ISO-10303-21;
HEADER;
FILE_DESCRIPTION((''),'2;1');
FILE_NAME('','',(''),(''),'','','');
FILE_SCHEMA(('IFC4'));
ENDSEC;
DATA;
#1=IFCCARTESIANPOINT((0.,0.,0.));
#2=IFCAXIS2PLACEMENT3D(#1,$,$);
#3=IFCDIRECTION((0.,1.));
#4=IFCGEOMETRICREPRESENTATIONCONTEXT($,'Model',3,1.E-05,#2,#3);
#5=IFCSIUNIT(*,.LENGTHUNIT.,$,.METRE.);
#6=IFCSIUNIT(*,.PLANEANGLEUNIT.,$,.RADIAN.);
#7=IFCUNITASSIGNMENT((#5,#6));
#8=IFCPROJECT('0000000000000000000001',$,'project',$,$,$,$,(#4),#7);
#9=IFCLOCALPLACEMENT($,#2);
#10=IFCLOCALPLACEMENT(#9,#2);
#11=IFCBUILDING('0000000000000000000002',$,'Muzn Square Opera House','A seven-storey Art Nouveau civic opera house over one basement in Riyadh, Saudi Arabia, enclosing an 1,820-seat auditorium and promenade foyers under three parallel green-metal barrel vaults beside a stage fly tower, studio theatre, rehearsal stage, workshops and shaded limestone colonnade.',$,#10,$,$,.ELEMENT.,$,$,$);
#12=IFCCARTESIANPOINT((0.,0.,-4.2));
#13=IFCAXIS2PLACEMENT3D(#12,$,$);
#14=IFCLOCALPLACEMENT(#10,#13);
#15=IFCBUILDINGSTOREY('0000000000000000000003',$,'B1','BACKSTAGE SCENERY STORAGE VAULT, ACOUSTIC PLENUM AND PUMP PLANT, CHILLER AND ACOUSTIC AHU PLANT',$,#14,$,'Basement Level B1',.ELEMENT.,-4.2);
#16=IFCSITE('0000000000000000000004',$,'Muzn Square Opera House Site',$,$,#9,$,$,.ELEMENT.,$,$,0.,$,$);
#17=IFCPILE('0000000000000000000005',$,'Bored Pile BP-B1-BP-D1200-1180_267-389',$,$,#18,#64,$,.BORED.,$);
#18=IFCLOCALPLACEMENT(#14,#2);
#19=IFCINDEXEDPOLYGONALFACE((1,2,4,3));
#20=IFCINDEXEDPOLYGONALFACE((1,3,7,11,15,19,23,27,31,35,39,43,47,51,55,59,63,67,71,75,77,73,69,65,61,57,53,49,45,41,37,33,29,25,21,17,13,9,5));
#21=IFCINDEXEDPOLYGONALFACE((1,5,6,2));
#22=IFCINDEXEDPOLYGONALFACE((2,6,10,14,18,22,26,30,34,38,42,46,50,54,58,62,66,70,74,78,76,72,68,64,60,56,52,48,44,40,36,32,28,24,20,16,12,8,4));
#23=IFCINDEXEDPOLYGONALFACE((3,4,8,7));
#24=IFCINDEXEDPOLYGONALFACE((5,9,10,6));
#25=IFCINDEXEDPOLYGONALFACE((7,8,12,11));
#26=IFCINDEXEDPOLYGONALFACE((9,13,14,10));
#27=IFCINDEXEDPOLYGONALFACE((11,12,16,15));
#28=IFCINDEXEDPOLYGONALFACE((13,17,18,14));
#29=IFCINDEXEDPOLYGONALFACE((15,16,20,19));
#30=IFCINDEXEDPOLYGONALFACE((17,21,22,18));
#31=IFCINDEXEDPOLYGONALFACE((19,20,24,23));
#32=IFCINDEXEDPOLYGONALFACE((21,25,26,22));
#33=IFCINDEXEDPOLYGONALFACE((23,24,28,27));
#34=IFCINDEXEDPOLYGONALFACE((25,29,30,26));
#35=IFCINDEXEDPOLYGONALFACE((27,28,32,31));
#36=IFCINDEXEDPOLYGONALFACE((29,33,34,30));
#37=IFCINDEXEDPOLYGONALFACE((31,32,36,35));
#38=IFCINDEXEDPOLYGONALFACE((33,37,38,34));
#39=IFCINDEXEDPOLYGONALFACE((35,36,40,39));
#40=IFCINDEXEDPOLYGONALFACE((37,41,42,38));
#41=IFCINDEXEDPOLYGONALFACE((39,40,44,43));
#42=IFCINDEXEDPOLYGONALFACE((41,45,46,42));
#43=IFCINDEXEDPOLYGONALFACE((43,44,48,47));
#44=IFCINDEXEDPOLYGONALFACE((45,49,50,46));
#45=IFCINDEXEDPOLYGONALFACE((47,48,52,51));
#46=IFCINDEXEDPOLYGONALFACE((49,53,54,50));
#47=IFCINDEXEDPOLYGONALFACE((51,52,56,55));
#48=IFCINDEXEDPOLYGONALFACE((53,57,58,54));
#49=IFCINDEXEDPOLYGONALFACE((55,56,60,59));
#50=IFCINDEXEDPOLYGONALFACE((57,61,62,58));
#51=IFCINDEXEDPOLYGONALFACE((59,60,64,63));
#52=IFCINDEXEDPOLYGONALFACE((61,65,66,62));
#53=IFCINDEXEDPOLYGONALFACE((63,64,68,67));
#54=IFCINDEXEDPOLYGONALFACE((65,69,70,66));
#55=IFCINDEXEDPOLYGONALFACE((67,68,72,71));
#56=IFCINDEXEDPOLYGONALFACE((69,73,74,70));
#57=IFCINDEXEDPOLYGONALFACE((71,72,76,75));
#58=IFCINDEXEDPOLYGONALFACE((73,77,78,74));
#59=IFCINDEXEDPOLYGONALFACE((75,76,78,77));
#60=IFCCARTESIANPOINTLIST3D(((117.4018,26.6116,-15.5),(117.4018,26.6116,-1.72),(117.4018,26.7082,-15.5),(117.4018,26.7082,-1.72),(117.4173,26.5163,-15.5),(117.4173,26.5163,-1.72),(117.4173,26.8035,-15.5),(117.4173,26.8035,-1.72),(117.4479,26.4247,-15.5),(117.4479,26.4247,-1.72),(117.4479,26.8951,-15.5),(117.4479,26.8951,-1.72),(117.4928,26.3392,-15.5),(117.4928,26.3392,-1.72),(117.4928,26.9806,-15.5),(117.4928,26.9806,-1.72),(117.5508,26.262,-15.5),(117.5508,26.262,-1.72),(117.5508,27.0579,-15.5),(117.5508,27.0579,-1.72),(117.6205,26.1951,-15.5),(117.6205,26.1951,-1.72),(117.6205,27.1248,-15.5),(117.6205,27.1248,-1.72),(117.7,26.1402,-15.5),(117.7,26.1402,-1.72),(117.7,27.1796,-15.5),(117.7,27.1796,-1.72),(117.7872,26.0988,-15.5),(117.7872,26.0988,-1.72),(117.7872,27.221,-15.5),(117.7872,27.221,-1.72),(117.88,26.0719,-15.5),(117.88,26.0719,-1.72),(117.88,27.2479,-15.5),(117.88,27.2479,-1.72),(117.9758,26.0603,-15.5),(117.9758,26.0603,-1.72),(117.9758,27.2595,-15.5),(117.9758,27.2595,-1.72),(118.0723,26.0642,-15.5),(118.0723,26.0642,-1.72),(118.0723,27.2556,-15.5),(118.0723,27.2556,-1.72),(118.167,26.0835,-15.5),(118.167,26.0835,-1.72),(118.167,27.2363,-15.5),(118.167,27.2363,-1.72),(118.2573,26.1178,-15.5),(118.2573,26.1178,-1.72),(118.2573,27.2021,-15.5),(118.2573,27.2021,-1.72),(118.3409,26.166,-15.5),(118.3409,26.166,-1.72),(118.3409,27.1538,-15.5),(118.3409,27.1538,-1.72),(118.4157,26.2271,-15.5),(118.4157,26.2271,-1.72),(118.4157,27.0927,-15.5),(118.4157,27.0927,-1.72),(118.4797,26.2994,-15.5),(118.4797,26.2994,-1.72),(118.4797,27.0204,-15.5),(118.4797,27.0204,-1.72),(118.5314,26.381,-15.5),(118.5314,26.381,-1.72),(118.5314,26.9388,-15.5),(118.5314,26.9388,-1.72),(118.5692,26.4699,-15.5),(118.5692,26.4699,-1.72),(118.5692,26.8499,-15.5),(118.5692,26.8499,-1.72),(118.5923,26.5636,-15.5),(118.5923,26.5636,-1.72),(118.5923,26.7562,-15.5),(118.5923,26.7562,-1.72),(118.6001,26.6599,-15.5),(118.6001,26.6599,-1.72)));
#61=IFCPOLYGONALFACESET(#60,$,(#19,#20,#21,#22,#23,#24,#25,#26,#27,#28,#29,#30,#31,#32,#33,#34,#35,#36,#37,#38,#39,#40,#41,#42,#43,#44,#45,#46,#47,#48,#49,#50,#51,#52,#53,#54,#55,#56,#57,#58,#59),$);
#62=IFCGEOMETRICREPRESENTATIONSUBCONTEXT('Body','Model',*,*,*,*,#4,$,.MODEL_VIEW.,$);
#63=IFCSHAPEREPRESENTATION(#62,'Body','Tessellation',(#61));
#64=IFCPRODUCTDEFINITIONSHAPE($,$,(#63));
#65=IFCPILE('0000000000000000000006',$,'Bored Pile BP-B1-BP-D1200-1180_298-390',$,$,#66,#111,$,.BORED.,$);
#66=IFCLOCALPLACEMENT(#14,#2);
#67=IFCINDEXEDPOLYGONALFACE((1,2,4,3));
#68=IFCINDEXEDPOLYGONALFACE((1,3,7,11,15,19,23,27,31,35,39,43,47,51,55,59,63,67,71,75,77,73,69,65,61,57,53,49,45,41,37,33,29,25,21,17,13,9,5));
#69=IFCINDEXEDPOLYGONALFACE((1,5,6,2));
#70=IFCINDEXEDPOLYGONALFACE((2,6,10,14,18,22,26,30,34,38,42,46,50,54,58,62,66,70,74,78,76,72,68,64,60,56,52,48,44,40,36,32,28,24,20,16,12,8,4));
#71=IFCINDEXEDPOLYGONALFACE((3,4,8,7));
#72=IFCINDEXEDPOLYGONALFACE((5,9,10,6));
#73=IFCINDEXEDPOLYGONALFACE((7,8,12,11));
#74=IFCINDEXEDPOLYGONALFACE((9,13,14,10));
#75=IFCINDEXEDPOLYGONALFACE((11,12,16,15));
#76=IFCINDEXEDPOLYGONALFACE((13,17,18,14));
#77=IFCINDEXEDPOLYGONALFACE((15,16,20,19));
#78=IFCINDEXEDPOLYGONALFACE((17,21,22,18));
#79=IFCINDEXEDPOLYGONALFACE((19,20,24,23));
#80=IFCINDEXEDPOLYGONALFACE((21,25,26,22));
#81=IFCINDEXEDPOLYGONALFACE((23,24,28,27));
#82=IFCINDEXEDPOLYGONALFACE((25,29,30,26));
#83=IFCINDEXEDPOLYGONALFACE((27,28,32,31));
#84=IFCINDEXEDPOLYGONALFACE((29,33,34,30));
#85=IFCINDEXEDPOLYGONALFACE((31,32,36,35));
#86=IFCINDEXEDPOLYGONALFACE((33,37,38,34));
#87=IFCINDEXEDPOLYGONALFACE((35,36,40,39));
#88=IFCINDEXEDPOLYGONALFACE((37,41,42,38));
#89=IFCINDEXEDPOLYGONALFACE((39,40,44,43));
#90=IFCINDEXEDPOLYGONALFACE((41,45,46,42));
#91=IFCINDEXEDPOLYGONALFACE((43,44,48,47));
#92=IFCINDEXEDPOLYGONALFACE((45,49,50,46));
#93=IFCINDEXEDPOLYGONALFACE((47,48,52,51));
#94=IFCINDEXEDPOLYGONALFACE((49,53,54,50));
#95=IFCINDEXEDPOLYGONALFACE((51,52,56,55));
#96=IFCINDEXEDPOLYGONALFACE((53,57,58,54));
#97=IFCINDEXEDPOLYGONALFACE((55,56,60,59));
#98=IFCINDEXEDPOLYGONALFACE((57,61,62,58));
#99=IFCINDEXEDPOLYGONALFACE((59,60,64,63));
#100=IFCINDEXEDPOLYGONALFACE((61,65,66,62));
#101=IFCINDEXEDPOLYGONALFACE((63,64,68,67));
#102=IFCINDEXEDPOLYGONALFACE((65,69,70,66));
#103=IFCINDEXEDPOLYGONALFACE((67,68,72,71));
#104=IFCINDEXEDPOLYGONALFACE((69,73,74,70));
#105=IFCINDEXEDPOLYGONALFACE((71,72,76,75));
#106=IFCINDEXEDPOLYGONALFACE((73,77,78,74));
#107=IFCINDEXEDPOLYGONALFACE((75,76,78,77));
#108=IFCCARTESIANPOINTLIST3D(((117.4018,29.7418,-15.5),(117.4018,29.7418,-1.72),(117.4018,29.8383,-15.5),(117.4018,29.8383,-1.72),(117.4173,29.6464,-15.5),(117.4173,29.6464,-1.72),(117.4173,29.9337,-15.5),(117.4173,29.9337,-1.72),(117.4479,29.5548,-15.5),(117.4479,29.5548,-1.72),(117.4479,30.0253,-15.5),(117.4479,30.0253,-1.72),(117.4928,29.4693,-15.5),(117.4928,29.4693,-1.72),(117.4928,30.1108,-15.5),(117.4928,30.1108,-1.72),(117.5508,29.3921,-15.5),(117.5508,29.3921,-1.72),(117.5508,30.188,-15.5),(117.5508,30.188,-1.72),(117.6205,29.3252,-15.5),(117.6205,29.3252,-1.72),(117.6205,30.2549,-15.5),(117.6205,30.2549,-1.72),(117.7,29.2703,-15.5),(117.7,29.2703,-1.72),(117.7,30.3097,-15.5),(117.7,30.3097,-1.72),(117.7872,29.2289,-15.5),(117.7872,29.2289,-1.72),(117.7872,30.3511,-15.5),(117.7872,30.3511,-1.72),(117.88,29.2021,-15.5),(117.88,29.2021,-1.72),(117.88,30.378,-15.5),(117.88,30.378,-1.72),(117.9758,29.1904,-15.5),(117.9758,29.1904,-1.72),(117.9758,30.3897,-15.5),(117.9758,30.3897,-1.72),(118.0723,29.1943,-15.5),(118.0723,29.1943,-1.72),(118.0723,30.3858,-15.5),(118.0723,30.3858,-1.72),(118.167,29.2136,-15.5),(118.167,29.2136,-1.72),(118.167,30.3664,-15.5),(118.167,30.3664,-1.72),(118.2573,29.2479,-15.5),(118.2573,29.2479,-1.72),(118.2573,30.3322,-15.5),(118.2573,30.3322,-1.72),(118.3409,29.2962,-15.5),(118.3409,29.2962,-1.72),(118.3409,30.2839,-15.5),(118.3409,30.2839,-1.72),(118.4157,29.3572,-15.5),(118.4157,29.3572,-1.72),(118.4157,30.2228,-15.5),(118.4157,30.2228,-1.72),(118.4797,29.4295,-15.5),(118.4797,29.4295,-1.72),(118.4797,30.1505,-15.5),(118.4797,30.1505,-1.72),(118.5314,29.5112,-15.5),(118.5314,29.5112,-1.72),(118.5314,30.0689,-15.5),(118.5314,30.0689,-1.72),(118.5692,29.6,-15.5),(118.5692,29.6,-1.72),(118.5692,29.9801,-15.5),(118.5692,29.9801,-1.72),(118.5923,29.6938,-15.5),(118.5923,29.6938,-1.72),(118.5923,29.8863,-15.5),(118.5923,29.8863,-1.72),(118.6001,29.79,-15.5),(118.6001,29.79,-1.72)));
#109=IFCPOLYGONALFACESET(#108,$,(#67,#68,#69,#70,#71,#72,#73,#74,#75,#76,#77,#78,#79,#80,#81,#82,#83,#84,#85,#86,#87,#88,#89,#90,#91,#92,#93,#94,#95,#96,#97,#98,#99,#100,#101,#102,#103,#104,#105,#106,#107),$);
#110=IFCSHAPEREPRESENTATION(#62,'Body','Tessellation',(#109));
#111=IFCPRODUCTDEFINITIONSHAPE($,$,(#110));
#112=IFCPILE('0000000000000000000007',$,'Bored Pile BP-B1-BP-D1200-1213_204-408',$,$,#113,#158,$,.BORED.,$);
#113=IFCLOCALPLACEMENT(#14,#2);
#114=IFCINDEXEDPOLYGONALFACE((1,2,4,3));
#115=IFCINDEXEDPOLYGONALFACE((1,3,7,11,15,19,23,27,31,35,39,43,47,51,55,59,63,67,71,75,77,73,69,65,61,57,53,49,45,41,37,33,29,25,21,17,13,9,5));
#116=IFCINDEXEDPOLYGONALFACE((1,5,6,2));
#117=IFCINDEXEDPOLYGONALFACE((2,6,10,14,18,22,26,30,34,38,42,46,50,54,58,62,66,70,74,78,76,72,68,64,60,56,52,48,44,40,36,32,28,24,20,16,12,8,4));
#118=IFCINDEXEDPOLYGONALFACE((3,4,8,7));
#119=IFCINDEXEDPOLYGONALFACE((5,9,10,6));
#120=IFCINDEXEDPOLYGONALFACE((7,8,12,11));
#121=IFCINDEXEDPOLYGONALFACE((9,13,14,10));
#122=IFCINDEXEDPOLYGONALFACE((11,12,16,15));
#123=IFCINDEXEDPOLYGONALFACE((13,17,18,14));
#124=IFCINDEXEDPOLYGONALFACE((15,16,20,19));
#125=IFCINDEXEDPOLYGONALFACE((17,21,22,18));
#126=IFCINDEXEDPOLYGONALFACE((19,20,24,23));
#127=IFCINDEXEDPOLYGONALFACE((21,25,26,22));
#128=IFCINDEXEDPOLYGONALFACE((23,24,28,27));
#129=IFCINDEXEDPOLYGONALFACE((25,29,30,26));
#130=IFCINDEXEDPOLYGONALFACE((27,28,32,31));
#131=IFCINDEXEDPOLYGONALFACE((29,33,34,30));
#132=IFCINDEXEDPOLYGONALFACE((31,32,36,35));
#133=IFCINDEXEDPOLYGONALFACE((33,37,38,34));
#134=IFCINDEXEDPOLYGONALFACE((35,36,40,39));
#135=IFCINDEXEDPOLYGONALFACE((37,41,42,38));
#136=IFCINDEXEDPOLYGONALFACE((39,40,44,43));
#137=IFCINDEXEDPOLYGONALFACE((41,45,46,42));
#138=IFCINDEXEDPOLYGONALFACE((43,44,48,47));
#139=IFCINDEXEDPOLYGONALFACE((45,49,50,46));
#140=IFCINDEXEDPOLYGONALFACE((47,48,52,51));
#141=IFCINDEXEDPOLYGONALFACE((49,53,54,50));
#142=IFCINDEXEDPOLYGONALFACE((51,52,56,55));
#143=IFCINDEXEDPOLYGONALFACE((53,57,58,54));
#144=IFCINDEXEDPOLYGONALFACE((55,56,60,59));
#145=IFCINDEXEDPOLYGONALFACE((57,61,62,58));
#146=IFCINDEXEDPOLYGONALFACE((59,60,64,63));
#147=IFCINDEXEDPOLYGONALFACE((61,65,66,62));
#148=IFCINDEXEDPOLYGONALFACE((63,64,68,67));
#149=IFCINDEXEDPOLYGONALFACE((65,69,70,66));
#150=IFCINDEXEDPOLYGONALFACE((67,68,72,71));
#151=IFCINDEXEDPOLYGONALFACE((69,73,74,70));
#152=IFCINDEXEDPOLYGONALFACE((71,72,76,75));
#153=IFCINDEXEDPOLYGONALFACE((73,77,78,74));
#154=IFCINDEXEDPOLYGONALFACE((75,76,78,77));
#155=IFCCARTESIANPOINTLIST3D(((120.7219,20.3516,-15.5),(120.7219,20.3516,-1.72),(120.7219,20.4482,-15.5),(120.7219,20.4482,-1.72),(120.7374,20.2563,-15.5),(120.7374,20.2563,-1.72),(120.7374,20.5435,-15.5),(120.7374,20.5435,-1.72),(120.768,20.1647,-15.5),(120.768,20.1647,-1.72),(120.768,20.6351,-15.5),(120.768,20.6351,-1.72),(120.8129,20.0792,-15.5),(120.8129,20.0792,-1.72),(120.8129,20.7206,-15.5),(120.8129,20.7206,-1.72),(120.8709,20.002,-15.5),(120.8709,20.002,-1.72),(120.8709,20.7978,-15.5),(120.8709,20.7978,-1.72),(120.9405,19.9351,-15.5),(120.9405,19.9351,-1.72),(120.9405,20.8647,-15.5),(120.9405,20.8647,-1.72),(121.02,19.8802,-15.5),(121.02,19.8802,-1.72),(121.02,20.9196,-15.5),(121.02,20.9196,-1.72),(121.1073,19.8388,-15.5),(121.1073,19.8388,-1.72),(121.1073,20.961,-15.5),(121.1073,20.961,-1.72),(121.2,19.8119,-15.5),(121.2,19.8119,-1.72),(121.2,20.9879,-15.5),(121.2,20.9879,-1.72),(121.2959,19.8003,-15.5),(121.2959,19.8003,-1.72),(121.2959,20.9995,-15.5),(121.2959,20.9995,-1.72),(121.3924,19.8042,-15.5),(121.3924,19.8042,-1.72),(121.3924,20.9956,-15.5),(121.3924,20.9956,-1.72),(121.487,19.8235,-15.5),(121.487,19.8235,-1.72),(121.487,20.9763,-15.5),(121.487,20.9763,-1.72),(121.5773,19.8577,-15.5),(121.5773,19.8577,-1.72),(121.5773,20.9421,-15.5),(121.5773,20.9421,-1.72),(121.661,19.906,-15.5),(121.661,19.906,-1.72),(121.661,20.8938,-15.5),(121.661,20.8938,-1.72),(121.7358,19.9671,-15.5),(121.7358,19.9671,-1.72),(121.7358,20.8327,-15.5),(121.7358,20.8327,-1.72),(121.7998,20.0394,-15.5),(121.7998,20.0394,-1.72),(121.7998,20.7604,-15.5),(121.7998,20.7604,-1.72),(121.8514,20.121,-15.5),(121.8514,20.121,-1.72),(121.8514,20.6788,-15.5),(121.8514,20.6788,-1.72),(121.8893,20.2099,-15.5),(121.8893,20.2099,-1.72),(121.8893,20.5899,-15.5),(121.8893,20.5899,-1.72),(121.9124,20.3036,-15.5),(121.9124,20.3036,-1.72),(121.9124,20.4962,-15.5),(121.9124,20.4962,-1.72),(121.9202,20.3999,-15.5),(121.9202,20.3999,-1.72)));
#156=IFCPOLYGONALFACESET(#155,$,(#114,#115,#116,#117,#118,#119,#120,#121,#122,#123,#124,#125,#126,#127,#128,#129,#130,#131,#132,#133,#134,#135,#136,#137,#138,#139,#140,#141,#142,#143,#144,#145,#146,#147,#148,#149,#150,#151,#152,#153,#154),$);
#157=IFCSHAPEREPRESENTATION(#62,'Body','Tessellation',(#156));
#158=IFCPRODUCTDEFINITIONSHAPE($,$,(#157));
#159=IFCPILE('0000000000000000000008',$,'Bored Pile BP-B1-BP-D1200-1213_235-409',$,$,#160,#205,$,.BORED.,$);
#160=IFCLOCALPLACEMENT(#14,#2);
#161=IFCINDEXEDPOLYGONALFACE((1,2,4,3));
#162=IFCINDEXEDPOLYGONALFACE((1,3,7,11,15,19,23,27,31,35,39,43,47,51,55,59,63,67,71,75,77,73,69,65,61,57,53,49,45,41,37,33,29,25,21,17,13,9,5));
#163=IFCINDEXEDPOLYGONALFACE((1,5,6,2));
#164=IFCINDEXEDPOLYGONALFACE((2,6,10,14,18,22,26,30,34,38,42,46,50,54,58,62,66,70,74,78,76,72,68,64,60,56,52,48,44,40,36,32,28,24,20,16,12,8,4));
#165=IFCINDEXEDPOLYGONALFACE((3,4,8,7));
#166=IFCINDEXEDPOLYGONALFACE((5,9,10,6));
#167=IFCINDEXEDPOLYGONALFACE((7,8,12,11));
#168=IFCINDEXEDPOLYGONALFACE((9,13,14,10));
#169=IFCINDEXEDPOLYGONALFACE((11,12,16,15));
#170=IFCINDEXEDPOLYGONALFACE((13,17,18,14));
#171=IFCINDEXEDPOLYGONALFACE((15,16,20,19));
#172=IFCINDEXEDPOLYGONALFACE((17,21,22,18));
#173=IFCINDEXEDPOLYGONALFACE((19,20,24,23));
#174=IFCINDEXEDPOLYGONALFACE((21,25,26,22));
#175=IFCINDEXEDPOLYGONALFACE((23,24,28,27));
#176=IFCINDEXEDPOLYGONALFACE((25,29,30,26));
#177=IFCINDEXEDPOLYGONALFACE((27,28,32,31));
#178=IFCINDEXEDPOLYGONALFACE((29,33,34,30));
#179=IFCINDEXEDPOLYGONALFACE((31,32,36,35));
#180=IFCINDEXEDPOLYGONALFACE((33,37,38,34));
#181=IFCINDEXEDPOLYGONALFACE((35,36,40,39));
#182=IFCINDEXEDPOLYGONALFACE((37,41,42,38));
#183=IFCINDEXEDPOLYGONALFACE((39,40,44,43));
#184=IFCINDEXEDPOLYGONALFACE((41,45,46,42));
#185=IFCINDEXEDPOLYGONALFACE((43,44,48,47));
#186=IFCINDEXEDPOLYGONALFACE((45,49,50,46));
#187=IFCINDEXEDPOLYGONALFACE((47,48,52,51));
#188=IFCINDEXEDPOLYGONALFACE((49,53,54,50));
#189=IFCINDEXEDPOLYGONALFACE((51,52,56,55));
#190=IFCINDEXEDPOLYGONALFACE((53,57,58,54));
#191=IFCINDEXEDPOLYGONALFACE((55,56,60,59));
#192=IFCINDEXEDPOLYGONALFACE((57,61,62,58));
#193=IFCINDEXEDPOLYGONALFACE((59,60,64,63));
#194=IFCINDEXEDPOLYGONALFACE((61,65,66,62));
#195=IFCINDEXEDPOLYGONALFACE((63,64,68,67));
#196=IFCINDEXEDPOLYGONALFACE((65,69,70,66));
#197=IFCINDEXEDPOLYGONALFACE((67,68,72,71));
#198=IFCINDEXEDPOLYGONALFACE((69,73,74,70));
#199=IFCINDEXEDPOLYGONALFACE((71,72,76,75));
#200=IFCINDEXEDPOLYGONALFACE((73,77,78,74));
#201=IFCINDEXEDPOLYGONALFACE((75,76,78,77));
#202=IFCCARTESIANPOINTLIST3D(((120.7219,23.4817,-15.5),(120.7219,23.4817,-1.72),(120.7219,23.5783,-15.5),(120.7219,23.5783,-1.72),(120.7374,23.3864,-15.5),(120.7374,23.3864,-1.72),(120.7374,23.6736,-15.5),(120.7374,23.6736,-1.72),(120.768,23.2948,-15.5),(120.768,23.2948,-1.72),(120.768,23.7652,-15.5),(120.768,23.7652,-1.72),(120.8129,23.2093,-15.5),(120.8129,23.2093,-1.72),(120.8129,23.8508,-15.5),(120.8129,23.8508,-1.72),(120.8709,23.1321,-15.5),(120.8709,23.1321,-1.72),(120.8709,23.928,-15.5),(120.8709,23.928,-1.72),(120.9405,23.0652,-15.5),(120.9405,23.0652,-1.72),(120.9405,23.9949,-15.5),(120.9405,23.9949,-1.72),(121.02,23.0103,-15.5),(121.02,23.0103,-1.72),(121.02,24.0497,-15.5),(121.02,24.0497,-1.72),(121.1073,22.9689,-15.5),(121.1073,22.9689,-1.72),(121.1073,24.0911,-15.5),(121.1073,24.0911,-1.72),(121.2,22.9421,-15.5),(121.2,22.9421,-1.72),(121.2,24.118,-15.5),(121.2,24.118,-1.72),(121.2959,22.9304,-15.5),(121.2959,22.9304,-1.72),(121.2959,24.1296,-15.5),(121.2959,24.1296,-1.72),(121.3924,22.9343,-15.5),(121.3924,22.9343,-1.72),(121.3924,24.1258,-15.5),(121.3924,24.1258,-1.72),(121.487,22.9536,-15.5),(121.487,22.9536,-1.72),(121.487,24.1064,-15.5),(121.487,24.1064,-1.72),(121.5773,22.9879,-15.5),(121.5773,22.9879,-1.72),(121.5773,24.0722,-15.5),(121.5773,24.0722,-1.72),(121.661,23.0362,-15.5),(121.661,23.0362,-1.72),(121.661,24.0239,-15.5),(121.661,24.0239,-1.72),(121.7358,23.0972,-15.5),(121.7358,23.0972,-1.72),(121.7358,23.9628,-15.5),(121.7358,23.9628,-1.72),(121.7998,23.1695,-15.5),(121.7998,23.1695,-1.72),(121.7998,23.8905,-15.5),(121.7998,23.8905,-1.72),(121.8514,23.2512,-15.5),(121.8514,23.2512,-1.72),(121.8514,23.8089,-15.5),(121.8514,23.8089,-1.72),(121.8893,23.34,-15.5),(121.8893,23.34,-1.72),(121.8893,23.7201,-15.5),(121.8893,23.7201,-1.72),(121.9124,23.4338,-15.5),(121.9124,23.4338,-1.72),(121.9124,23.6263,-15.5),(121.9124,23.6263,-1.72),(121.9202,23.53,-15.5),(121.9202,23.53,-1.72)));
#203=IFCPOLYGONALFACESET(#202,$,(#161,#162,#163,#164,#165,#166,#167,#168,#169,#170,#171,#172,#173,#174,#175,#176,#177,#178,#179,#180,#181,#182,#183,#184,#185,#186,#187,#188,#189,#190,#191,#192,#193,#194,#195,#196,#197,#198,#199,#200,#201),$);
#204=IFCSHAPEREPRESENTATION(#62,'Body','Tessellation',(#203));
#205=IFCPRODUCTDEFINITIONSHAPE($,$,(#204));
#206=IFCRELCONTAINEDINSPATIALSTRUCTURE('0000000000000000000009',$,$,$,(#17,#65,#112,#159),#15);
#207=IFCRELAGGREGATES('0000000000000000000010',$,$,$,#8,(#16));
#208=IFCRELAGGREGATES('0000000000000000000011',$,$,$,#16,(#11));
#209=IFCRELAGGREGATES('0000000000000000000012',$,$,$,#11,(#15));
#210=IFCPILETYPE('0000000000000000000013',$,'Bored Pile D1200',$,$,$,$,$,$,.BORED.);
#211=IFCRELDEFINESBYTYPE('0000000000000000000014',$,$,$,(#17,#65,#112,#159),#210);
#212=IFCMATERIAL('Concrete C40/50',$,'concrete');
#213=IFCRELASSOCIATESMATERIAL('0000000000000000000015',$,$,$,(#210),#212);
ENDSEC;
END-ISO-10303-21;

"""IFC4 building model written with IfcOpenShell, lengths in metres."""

from ifc_helpers import new_model, si_unit, direction, frame, origin, origin_2d, place, context, subcontext, project, spatial, circle, extrude, material, material_profile, profile_set, type_object, element, save


model = new_model("IFC4")

# Units and contexts
model_context = context("Model", 3, precision=1e-05, world=origin(), true_north=direction((0.0, 1.0)))
body_context = subcontext(model_context, "Body", "Model", "MODEL_VIEW")
ifc_project = project(units=[si_unit("LENGTHUNIT", "METRE"), si_unit("PLANEANGLEUNIT", "RADIAN")], contexts=[model_context])

# Site, building, storey
site_placement = place(None, origin())
site = spatial("IfcSite", under=ifc_project, at=site_placement, Name="Muzn Square Opera House Site", CompositionType="ELEMENT", RefElevation=0.0)
building_placement = place(site_placement, origin())
building = spatial("IfcBuilding", under=site, at=building_placement, Name="Muzn Square Opera House", Description="A seven-storey Art Nouveau civic opera house over one basement in Riyadh, Saudi Arabia, enclosing an 1,820-seat auditorium and promenade foyers under three parallel green-metal barrel vaults beside a stage fly tower, studio theatre, rehearsal stage, workshops and shaded limestone colonnade.", CompositionType="ELEMENT")
storey_placement = place(building_placement, frame((0.0, 0.0, -4.2)))
storey = spatial("IfcBuildingStorey", under=building, at=storey_placement, Name="B1", Description="BACKSTAGE SCENERY STORAGE VAULT, ACOUSTIC PLENUM AND PUMP PLANT, CHILLER AND ACOUSTIC AHU PLANT", LongName="Basement Level B1", CompositionType="ELEMENT", Elevation=-4.2)

# Piles
ifc_material_1 = material(Name="Concrete C40/50", Category="concrete")
ifc_material_profile_1 = material_profile(ifc_material_1, circle(Radius=0.6001, at=origin_2d()), Name="BORED PILE D1200", Category="concrete")
ifc_profile_set_1 = profile_set([ifc_material_profile_1], Name="Concrete C40/50")
pile_type = type_object("IfcPileType", Name="Bored Pile D1200", PredefinedType="BORED", material=ifc_profile_set_1)
for number, where, z_axis, x_axis, name in (
    (1, (118.0, 26.6599, -1.72), (0.0, 0.0, -1.0), (1.0, 0.0, 0.0), "Bored Pile BP-B1-BP-D1200-1180_267-389"),
    (2, (118.0, 29.79, -1.72), (0.0, 0.0, -1.0), (1.0, 0.0, 0.0), "Bored Pile BP-B1-BP-D1200-1180_298-390"),
    (3, (121.3201, 20.3999, -1.72), (0.0, 0.0, -1.0), (1.0, 0.0, 0.0), "Bored Pile BP-B1-BP-D1200-1213_204-408"),
    (4, (121.3201, 23.53, -1.72), (0.0, 0.0, -1.0), (1.0, 0.0, 0.0), "Bored Pile BP-B1-BP-D1200-1213_235-409"),
):
    element("IfcPile", number, at=place(storey_placement, frame(where, z_axis=z_axis, x_axis=x_axis)), inside=storey, type_object=pile_type, Name=name, PredefinedType="BORED", context=body_context, shape_type="SweptSolid", body=[
        extrude(circle(Radius=0.6001, at=origin_2d()), origin(), (0.0, 0.0, 1.0), 13.78),
    ])

save(model, "model.ifc")
